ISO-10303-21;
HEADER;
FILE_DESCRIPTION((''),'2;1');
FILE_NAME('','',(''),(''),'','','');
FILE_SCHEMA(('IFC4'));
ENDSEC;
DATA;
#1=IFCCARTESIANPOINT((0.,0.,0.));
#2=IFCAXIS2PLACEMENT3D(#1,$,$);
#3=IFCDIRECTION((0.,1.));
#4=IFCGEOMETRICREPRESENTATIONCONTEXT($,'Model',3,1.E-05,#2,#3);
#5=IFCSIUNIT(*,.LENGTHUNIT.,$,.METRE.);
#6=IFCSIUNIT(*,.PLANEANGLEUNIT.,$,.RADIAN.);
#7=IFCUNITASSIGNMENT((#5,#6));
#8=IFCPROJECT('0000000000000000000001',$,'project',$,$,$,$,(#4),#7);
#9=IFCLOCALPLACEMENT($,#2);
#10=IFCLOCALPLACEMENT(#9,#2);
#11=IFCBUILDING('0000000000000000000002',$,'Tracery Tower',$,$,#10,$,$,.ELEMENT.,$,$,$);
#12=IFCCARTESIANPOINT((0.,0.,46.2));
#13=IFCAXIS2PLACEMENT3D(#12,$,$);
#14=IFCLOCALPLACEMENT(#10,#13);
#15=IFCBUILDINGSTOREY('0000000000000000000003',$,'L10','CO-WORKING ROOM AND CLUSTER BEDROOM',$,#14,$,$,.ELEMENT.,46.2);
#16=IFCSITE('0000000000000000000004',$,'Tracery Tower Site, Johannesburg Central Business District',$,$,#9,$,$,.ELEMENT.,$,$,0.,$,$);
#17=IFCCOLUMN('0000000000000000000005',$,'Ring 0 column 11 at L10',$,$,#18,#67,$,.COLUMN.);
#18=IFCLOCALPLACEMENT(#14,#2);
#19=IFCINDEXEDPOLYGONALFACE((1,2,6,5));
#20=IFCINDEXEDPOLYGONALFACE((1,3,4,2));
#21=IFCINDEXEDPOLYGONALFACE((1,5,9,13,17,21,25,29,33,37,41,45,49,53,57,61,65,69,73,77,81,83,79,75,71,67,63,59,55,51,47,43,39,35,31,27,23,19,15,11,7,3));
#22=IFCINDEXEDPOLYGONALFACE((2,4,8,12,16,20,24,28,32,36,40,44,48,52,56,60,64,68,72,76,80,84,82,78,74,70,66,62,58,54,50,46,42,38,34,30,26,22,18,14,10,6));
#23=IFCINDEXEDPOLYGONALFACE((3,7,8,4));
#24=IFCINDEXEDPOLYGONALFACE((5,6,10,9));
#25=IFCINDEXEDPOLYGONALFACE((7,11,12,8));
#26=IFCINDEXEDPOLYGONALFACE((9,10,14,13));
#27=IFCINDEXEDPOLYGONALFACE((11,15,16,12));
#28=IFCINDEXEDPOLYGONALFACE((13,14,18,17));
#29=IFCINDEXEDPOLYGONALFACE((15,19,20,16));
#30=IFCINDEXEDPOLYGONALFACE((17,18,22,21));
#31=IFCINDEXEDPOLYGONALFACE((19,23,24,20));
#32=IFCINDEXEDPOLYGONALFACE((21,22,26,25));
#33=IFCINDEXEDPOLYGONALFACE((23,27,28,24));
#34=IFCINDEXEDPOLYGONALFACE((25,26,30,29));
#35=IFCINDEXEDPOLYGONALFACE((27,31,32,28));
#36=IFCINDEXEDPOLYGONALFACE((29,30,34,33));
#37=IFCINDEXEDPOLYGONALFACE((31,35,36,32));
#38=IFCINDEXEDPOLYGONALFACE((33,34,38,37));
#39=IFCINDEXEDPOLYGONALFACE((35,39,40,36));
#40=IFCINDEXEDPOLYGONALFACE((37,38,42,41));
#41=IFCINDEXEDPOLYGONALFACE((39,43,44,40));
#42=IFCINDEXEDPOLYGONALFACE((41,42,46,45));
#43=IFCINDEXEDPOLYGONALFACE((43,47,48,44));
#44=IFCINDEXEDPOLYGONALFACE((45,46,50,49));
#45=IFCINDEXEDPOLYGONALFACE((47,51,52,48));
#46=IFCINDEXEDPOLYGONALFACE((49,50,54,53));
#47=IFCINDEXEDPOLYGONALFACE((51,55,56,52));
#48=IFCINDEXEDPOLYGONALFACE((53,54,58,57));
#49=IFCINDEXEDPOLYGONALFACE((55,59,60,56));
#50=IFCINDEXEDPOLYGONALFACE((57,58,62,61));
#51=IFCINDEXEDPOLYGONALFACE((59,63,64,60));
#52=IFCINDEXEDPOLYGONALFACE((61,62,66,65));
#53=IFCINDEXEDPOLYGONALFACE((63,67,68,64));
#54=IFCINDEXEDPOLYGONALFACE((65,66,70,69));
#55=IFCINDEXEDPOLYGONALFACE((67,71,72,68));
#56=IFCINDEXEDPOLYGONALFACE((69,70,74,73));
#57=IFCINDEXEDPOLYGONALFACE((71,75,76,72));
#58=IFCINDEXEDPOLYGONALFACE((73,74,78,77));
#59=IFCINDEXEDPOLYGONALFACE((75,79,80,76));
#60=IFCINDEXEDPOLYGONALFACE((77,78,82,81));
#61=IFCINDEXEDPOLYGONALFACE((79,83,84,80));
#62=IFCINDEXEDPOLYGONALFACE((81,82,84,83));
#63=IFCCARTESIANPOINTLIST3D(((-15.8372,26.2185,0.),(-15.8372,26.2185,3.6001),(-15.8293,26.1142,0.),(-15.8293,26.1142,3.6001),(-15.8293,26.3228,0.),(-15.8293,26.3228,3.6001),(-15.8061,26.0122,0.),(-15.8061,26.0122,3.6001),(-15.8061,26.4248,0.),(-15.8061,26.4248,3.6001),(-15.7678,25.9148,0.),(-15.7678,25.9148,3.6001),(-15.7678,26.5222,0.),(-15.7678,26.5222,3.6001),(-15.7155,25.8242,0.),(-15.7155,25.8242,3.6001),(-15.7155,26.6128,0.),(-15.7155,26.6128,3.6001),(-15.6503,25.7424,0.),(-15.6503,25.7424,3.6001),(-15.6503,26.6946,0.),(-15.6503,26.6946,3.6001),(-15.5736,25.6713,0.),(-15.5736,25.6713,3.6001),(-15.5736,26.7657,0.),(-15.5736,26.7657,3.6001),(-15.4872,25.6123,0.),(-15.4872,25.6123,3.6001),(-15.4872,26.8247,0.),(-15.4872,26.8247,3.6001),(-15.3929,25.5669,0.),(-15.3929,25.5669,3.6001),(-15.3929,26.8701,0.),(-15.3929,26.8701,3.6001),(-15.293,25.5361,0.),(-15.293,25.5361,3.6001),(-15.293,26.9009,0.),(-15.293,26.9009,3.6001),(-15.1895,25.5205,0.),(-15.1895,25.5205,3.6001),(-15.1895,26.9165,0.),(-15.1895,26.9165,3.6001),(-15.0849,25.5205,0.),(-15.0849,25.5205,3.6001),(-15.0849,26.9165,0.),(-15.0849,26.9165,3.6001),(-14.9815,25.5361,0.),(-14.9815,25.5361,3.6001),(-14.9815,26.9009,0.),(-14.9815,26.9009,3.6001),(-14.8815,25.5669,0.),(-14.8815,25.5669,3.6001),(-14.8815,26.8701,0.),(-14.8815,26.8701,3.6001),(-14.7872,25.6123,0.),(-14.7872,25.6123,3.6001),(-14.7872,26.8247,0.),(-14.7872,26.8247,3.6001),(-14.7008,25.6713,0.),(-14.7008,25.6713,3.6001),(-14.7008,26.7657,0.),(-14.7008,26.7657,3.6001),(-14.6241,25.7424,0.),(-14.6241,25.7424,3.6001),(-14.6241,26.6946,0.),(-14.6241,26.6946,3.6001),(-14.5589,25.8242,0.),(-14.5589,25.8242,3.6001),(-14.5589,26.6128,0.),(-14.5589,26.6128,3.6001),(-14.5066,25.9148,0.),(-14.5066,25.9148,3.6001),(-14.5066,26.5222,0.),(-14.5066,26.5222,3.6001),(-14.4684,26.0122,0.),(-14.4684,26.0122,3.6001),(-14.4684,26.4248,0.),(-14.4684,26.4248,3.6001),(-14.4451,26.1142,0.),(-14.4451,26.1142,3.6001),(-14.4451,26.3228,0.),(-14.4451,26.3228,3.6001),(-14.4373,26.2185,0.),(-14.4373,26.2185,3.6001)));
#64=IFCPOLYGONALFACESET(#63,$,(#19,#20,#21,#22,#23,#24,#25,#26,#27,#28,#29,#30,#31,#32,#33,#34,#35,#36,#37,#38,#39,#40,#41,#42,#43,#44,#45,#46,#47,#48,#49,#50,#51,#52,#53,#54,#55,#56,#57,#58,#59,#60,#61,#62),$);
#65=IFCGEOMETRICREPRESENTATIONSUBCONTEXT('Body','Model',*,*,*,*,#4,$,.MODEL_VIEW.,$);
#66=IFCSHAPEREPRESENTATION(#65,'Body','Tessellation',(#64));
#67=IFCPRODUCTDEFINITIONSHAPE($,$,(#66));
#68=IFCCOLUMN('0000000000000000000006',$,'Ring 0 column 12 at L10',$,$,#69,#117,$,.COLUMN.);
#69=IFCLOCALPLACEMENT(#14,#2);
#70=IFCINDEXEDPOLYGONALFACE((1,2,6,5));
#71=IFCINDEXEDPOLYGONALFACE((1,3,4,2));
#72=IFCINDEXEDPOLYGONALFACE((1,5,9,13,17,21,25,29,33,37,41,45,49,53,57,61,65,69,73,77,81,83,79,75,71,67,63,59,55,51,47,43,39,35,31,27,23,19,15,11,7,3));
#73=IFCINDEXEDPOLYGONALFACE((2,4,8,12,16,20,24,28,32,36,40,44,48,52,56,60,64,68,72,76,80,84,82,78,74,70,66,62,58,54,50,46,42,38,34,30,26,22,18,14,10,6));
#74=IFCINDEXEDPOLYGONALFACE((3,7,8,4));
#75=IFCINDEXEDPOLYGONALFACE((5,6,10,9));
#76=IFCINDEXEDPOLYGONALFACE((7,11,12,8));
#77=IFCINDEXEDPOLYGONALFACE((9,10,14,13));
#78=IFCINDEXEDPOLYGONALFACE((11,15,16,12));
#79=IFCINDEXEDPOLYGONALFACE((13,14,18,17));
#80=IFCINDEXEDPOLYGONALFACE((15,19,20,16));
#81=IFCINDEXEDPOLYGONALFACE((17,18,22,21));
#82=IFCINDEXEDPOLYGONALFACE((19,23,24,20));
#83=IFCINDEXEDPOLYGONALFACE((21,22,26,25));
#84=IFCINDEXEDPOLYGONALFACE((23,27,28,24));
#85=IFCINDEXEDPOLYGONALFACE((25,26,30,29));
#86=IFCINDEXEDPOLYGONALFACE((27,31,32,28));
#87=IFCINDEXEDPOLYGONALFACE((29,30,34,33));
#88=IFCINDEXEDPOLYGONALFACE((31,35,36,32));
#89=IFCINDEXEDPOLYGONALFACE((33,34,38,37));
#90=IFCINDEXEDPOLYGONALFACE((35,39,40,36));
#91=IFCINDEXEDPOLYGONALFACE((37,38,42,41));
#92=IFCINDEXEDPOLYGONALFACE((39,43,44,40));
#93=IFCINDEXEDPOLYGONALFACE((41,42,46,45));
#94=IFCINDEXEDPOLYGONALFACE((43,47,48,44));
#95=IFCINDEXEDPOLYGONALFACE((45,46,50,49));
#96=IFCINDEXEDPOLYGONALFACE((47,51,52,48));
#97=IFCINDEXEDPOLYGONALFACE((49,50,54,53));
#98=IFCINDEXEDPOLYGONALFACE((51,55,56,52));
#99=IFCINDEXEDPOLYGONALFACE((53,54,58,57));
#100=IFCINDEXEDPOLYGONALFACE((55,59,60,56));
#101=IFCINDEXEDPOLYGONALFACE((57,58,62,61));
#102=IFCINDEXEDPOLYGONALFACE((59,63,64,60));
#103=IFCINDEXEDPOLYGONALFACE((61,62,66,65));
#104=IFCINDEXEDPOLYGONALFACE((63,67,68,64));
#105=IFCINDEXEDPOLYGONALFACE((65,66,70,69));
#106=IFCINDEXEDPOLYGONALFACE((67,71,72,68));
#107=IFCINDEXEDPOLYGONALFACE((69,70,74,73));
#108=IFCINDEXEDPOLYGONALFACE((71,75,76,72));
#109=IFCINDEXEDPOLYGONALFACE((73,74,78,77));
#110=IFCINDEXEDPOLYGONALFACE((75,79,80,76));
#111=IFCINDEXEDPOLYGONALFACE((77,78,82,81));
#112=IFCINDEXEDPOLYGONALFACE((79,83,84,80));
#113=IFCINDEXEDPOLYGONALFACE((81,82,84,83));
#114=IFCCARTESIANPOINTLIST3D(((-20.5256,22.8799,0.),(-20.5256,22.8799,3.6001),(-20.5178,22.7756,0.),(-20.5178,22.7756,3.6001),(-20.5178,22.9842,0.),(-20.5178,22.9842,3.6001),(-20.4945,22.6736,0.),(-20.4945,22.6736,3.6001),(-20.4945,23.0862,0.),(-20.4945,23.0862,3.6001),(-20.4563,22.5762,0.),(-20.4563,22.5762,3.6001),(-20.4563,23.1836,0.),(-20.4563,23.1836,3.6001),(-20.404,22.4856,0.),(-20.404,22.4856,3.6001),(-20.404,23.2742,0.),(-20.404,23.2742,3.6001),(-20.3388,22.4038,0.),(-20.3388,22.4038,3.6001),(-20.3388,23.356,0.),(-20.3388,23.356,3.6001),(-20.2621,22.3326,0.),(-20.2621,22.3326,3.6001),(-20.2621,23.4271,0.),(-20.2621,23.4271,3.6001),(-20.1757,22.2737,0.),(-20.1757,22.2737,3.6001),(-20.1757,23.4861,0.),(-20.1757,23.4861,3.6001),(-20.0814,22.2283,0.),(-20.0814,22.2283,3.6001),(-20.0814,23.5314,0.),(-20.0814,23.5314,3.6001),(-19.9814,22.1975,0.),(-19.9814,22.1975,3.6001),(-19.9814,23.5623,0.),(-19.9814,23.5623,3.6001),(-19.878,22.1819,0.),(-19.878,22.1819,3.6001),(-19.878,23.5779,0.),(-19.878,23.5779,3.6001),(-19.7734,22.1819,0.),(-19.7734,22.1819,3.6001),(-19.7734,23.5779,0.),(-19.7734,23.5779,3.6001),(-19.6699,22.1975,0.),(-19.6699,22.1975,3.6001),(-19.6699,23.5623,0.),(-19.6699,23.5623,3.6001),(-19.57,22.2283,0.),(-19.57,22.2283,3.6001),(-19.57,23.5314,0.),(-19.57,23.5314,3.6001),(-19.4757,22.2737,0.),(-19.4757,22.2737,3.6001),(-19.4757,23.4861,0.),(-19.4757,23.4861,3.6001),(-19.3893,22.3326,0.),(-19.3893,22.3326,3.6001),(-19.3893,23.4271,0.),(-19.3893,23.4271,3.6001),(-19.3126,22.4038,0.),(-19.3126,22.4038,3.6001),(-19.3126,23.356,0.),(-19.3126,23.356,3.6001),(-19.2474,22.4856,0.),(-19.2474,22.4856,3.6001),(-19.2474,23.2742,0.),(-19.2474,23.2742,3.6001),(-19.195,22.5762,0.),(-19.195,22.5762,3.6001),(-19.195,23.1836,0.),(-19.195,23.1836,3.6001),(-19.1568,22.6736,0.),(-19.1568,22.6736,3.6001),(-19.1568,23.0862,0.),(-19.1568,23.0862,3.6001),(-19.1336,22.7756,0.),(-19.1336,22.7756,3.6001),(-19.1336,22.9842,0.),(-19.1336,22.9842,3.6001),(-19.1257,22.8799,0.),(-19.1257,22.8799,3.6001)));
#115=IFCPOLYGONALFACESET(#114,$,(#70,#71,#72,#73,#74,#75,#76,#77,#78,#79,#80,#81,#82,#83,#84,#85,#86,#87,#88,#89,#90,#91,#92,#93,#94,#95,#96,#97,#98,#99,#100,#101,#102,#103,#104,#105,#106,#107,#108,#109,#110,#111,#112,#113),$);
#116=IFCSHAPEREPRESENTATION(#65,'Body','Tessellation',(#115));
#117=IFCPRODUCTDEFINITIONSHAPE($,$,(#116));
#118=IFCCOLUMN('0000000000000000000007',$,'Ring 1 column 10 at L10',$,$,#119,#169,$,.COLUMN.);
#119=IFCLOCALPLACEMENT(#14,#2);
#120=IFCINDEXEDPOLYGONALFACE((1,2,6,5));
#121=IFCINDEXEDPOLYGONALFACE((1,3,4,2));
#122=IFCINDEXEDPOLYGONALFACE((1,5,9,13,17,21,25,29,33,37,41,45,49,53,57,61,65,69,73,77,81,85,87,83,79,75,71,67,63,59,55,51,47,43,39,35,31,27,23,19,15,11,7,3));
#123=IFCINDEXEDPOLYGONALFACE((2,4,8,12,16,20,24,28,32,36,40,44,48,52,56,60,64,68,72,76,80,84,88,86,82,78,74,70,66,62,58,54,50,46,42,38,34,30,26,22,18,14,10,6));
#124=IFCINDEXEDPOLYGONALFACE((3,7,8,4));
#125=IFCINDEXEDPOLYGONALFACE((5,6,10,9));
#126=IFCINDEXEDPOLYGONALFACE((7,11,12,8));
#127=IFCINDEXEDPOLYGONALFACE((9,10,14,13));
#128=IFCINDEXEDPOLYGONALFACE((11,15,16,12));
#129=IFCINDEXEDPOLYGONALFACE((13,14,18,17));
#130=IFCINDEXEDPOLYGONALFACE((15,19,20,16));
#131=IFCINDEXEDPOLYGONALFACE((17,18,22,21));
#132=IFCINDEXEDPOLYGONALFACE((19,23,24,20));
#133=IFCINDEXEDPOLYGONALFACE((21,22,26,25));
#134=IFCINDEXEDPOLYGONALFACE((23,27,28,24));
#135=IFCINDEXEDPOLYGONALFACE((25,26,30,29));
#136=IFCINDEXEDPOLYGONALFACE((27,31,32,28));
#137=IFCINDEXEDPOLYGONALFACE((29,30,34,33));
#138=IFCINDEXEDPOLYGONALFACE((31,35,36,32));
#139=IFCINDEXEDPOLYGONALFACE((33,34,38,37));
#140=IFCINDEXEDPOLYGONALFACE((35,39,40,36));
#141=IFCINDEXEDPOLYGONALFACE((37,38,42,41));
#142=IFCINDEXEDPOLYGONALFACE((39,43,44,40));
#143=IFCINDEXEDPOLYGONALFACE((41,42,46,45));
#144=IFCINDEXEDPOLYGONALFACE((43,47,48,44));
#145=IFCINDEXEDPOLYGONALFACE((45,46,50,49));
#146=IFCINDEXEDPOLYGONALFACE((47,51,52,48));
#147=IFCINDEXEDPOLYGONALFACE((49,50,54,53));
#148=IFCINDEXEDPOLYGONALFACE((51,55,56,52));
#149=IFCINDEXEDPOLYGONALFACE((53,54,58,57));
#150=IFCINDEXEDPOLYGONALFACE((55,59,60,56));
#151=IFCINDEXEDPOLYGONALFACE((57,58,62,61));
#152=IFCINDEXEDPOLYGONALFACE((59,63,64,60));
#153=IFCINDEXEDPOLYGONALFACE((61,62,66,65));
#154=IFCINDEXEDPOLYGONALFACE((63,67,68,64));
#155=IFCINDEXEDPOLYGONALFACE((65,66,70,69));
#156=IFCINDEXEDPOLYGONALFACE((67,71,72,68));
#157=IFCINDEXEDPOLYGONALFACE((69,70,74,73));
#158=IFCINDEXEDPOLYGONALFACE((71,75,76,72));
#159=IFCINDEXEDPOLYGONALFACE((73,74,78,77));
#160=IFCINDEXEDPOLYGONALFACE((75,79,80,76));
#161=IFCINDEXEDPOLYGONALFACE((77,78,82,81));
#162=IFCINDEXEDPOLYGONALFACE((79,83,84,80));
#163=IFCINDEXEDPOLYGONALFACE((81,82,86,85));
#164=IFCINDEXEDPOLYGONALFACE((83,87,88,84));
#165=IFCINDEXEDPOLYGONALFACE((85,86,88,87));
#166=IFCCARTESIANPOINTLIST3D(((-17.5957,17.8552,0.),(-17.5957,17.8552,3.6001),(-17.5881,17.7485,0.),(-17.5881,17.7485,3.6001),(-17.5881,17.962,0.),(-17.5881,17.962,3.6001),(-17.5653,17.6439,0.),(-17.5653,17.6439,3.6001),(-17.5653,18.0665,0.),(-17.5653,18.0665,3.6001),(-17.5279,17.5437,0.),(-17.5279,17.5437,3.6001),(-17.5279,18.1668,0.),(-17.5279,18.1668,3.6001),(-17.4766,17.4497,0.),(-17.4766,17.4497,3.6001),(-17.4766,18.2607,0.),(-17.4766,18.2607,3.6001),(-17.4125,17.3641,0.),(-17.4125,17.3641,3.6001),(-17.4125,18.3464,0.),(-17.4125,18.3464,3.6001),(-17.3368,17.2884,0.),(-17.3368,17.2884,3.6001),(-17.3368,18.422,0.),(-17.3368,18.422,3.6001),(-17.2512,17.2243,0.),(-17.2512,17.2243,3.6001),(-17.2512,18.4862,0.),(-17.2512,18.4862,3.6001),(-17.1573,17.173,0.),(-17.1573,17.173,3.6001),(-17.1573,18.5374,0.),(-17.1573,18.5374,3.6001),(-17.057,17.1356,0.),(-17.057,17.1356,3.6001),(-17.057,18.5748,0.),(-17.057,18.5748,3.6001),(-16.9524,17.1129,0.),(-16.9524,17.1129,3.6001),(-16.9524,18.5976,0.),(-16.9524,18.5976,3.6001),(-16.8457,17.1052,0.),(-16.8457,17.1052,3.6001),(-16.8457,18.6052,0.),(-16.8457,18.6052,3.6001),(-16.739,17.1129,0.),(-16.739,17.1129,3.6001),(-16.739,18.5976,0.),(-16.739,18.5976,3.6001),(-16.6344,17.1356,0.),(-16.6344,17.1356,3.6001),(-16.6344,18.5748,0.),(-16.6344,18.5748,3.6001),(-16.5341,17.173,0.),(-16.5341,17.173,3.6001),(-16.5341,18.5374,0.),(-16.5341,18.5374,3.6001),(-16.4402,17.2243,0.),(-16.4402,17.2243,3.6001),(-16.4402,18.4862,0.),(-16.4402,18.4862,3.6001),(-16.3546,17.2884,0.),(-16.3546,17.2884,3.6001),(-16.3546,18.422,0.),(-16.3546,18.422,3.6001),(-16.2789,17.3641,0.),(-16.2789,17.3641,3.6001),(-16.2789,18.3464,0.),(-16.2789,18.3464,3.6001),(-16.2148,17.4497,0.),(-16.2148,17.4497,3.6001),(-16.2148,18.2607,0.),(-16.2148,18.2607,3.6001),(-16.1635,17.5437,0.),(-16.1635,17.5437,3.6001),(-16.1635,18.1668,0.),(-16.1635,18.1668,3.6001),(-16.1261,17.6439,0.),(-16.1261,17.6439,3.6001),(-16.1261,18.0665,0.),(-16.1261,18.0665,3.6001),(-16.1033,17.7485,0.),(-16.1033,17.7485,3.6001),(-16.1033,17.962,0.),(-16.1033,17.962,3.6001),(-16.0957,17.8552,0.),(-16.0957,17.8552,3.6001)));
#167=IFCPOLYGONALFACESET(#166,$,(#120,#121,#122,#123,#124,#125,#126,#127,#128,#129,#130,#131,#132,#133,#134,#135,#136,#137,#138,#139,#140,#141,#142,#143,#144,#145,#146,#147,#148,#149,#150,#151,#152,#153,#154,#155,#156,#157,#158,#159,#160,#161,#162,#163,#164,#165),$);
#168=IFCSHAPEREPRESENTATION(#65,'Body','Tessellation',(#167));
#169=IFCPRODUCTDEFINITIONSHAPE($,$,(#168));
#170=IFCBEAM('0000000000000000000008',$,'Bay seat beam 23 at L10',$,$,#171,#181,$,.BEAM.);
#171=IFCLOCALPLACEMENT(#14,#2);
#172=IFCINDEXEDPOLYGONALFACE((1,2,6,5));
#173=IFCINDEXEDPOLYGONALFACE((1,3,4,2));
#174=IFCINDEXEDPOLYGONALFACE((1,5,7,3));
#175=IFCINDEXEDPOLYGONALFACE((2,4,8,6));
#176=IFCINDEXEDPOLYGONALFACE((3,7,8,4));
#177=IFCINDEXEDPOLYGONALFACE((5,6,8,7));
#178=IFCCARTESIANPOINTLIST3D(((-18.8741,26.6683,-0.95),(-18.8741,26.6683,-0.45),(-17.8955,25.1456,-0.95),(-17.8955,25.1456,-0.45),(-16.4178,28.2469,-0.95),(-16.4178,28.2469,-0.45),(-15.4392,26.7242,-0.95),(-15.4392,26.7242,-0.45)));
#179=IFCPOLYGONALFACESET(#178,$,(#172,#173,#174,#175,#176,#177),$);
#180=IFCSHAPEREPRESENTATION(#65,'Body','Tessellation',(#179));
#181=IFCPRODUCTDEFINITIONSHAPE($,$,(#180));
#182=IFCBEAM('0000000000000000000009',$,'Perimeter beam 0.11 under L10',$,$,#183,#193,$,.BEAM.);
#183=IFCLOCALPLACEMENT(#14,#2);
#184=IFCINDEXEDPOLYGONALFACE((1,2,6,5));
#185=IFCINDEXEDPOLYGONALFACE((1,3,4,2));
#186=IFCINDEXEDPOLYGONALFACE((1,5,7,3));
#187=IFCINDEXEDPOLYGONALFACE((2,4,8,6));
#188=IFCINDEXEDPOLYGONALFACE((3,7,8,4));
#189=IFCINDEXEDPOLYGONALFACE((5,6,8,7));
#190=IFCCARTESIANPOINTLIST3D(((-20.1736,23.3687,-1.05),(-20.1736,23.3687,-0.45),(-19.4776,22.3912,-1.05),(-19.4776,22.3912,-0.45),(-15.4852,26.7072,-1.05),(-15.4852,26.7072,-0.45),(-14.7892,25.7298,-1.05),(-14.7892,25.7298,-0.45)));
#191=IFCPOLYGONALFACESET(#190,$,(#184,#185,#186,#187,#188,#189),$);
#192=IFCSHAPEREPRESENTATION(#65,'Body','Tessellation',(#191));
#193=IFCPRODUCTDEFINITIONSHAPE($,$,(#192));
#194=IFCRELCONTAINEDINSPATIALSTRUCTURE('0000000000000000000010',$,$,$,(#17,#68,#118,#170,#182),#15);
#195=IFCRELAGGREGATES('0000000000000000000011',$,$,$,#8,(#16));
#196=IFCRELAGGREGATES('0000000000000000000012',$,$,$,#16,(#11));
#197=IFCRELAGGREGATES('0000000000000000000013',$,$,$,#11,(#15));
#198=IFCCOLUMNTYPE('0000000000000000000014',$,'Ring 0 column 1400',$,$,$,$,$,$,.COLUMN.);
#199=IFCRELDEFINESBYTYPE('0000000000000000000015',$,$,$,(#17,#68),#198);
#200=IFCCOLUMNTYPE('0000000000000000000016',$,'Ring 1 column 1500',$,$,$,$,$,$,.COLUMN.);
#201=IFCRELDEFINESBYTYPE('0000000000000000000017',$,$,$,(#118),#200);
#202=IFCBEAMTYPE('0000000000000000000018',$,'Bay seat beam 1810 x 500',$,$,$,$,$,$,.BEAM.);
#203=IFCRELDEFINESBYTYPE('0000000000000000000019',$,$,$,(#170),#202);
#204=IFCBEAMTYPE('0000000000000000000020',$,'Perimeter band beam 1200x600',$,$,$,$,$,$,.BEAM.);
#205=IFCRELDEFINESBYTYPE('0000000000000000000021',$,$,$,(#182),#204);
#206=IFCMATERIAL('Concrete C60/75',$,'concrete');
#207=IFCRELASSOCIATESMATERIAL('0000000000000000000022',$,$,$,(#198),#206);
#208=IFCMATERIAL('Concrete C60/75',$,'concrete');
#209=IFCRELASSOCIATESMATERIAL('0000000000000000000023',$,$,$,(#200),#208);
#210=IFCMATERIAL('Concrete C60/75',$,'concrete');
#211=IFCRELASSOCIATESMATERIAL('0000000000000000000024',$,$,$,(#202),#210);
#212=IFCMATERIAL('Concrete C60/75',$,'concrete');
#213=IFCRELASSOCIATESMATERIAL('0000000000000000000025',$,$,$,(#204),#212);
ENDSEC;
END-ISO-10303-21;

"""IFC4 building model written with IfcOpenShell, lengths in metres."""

from ifc_helpers import new_model, si_unit, direction, frame, origin, origin_2d, place, context, subcontext, project, spatial, rectangle, circle, extrude, material, material_profile, profile_set, type_object, element, save


model = new_model("IFC4")

# Units and contexts
model_context = context("Model", 3, precision=1e-05, world=origin(), true_north=direction((0.0, 1.0)))
body_context = subcontext(model_context, "Body", "Model", "MODEL_VIEW")
ifc_project = project(units=[si_unit("LENGTHUNIT", "METRE"), si_unit("PLANEANGLEUNIT", "RADIAN")], contexts=[model_context])

# Site, building, storey
site_placement = place(None, origin())
site = spatial("IfcSite", under=ifc_project, at=site_placement, Name="Tracery Tower Site, Johannesburg Central Business District", CompositionType="ELEMENT", RefElevation=0.0)
building_placement = place(site_placement, origin())
building = spatial("IfcBuilding", under=site, at=building_placement, Name="Tracery Tower", CompositionType="ELEMENT")
storey_placement = place(building_placement, frame((0.0, 0.0, 46.2)))
storey = spatial("IfcBuildingStorey", under=building, at=storey_placement, Name="L10", Description="CO-WORKING ROOM AND CLUSTER BEDROOM", CompositionType="ELEMENT", Elevation=46.2)

# Columns
ifc_material_1 = material(Name="Concrete C60/75", Category="concrete")
ifc_material_profile_1 = material_profile(ifc_material_1, circle(Radius=0.7, at=origin_2d()), Name="RC D1400")
ifc_profile_set_1 = profile_set([ifc_material_profile_1], Name="Concrete C60/75")
column_type_1 = type_object("IfcColumnType", Name="Ring 0 column 1400", PredefinedType="COLUMN", material=ifc_profile_set_1)
for number, where, z_axis, x_axis, name in (
    (1, (-15.1372, 26.2185, 0.0), (0.0, 0.0, 1.0), (1.0, 0.0, 0.0), "Ring 0 column 11 at L10"),
    (2, (-19.8257, 22.8799, 0.0), (0.0, 0.0, 1.0), (1.0, 0.0, 0.0), "Ring 0 column 12 at L10"),
):
    element("IfcColumn", number, at=place(storey_placement, frame(where, z_axis=z_axis, x_axis=x_axis)), inside=storey, type_object=column_type_1, Name=name, PredefinedType="COLUMN", context=body_context, shape_type="SweptSolid", body=[
        extrude(circle(Radius=0.7, at=origin_2d()), origin(), (0.0, 0.0, 1.0), 3.6001),
    ])
ifc_material_2 = material(Name="Concrete C60/75", Category="concrete")
ifc_material_profile_2 = material_profile(ifc_material_2, circle(Radius=0.75, at=origin_2d()), Name="RC D1500")
ifc_profile_set_2 = profile_set([ifc_material_profile_2], Name="Concrete C60/75")
column_type_2 = type_object("IfcColumnType", Name="Ring 1 column 1500", PredefinedType="COLUMN", material=ifc_profile_set_2)
column_placement = place(storey_placement, frame((-16.8457, 17.8552, 0.0), z_axis=(0.0, 0.0, 1.0), x_axis=(1.0, 0.0, 0.0)))
element("IfcColumn", 3, at=column_placement, inside=storey, type_object=column_type_2, Name="Ring 1 column 10 at L10", PredefinedType="COLUMN", context=body_context, shape_type="SweptSolid", body=[
    extrude(circle(Radius=0.75, at=origin_2d()), origin(), (0.0, 0.0, 1.0), 3.6001),
])

# Beams
ifc_material_3 = material(Name="Concrete C60/75", Category="concrete")
ifc_material_profile_3 = material_profile(ifc_material_3, rectangle(XDim=1.8101, YDim=0.5, at=origin_2d()), Name="RC 1810x500")
ifc_profile_set_3 = profile_set([ifc_material_profile_3], Name="Concrete C60/75")
beam_type_1 = type_object("IfcBeamType", Name="Bay seat beam 1810 x 500", PredefinedType="BEAM", material=ifc_profile_set_3)
beam_1_placement = place(storey_placement, frame((-15.9285, 27.4856, -0.7), z_axis=(-0.841246, -0.540652, 0.0), x_axis=(0.540652, -0.841246, 0.0)))
element("IfcBeam", 4, at=beam_1_placement, inside=storey, type_object=beam_type_1, Name="Bay seat beam 23 at L10", PredefinedType="BEAM", context=body_context, shape_type="SweptSolid", body=[
    extrude(rectangle(XDim=1.8101, YDim=0.5, at=origin_2d()), origin(), (0.0, 0.0, 1.0), 2.9199),
])
ifc_material_4 = material(Name="Concrete C60/75", Category="concrete")
ifc_material_profile_4 = material_profile(ifc_material_4, rectangle(XDim=1.2, YDim=0.6001, at=origin_2d()), Name="RC 1200x600")
ifc_profile_set_4 = profile_set([ifc_material_profile_4], Name="Concrete C60/75")
beam_type_2 = type_object("IfcBeamType", Name="Perimeter band beam 1200x600", PredefinedType="BEAM", material=ifc_profile_set_4)
beam_2_placement = place(storey_placement, frame((-15.1372, 26.2185, -0.75), z_axis=(-0.814578, -0.580054, 0.0), x_axis=(0.580054, -0.814578, 0.0)))
element("IfcBeam", 5, at=beam_2_placement, inside=storey, type_object=beam_type_2, Name="Perimeter beam 0.11 under L10", PredefinedType="BEAM", context=body_context, shape_type="SweptSolid", body=[
    extrude(rectangle(XDim=1.2, YDim=0.6001, at=origin_2d()), origin(), (0.0, 0.0, 1.0), 5.7556),
])

save(model, "model.ifc")
